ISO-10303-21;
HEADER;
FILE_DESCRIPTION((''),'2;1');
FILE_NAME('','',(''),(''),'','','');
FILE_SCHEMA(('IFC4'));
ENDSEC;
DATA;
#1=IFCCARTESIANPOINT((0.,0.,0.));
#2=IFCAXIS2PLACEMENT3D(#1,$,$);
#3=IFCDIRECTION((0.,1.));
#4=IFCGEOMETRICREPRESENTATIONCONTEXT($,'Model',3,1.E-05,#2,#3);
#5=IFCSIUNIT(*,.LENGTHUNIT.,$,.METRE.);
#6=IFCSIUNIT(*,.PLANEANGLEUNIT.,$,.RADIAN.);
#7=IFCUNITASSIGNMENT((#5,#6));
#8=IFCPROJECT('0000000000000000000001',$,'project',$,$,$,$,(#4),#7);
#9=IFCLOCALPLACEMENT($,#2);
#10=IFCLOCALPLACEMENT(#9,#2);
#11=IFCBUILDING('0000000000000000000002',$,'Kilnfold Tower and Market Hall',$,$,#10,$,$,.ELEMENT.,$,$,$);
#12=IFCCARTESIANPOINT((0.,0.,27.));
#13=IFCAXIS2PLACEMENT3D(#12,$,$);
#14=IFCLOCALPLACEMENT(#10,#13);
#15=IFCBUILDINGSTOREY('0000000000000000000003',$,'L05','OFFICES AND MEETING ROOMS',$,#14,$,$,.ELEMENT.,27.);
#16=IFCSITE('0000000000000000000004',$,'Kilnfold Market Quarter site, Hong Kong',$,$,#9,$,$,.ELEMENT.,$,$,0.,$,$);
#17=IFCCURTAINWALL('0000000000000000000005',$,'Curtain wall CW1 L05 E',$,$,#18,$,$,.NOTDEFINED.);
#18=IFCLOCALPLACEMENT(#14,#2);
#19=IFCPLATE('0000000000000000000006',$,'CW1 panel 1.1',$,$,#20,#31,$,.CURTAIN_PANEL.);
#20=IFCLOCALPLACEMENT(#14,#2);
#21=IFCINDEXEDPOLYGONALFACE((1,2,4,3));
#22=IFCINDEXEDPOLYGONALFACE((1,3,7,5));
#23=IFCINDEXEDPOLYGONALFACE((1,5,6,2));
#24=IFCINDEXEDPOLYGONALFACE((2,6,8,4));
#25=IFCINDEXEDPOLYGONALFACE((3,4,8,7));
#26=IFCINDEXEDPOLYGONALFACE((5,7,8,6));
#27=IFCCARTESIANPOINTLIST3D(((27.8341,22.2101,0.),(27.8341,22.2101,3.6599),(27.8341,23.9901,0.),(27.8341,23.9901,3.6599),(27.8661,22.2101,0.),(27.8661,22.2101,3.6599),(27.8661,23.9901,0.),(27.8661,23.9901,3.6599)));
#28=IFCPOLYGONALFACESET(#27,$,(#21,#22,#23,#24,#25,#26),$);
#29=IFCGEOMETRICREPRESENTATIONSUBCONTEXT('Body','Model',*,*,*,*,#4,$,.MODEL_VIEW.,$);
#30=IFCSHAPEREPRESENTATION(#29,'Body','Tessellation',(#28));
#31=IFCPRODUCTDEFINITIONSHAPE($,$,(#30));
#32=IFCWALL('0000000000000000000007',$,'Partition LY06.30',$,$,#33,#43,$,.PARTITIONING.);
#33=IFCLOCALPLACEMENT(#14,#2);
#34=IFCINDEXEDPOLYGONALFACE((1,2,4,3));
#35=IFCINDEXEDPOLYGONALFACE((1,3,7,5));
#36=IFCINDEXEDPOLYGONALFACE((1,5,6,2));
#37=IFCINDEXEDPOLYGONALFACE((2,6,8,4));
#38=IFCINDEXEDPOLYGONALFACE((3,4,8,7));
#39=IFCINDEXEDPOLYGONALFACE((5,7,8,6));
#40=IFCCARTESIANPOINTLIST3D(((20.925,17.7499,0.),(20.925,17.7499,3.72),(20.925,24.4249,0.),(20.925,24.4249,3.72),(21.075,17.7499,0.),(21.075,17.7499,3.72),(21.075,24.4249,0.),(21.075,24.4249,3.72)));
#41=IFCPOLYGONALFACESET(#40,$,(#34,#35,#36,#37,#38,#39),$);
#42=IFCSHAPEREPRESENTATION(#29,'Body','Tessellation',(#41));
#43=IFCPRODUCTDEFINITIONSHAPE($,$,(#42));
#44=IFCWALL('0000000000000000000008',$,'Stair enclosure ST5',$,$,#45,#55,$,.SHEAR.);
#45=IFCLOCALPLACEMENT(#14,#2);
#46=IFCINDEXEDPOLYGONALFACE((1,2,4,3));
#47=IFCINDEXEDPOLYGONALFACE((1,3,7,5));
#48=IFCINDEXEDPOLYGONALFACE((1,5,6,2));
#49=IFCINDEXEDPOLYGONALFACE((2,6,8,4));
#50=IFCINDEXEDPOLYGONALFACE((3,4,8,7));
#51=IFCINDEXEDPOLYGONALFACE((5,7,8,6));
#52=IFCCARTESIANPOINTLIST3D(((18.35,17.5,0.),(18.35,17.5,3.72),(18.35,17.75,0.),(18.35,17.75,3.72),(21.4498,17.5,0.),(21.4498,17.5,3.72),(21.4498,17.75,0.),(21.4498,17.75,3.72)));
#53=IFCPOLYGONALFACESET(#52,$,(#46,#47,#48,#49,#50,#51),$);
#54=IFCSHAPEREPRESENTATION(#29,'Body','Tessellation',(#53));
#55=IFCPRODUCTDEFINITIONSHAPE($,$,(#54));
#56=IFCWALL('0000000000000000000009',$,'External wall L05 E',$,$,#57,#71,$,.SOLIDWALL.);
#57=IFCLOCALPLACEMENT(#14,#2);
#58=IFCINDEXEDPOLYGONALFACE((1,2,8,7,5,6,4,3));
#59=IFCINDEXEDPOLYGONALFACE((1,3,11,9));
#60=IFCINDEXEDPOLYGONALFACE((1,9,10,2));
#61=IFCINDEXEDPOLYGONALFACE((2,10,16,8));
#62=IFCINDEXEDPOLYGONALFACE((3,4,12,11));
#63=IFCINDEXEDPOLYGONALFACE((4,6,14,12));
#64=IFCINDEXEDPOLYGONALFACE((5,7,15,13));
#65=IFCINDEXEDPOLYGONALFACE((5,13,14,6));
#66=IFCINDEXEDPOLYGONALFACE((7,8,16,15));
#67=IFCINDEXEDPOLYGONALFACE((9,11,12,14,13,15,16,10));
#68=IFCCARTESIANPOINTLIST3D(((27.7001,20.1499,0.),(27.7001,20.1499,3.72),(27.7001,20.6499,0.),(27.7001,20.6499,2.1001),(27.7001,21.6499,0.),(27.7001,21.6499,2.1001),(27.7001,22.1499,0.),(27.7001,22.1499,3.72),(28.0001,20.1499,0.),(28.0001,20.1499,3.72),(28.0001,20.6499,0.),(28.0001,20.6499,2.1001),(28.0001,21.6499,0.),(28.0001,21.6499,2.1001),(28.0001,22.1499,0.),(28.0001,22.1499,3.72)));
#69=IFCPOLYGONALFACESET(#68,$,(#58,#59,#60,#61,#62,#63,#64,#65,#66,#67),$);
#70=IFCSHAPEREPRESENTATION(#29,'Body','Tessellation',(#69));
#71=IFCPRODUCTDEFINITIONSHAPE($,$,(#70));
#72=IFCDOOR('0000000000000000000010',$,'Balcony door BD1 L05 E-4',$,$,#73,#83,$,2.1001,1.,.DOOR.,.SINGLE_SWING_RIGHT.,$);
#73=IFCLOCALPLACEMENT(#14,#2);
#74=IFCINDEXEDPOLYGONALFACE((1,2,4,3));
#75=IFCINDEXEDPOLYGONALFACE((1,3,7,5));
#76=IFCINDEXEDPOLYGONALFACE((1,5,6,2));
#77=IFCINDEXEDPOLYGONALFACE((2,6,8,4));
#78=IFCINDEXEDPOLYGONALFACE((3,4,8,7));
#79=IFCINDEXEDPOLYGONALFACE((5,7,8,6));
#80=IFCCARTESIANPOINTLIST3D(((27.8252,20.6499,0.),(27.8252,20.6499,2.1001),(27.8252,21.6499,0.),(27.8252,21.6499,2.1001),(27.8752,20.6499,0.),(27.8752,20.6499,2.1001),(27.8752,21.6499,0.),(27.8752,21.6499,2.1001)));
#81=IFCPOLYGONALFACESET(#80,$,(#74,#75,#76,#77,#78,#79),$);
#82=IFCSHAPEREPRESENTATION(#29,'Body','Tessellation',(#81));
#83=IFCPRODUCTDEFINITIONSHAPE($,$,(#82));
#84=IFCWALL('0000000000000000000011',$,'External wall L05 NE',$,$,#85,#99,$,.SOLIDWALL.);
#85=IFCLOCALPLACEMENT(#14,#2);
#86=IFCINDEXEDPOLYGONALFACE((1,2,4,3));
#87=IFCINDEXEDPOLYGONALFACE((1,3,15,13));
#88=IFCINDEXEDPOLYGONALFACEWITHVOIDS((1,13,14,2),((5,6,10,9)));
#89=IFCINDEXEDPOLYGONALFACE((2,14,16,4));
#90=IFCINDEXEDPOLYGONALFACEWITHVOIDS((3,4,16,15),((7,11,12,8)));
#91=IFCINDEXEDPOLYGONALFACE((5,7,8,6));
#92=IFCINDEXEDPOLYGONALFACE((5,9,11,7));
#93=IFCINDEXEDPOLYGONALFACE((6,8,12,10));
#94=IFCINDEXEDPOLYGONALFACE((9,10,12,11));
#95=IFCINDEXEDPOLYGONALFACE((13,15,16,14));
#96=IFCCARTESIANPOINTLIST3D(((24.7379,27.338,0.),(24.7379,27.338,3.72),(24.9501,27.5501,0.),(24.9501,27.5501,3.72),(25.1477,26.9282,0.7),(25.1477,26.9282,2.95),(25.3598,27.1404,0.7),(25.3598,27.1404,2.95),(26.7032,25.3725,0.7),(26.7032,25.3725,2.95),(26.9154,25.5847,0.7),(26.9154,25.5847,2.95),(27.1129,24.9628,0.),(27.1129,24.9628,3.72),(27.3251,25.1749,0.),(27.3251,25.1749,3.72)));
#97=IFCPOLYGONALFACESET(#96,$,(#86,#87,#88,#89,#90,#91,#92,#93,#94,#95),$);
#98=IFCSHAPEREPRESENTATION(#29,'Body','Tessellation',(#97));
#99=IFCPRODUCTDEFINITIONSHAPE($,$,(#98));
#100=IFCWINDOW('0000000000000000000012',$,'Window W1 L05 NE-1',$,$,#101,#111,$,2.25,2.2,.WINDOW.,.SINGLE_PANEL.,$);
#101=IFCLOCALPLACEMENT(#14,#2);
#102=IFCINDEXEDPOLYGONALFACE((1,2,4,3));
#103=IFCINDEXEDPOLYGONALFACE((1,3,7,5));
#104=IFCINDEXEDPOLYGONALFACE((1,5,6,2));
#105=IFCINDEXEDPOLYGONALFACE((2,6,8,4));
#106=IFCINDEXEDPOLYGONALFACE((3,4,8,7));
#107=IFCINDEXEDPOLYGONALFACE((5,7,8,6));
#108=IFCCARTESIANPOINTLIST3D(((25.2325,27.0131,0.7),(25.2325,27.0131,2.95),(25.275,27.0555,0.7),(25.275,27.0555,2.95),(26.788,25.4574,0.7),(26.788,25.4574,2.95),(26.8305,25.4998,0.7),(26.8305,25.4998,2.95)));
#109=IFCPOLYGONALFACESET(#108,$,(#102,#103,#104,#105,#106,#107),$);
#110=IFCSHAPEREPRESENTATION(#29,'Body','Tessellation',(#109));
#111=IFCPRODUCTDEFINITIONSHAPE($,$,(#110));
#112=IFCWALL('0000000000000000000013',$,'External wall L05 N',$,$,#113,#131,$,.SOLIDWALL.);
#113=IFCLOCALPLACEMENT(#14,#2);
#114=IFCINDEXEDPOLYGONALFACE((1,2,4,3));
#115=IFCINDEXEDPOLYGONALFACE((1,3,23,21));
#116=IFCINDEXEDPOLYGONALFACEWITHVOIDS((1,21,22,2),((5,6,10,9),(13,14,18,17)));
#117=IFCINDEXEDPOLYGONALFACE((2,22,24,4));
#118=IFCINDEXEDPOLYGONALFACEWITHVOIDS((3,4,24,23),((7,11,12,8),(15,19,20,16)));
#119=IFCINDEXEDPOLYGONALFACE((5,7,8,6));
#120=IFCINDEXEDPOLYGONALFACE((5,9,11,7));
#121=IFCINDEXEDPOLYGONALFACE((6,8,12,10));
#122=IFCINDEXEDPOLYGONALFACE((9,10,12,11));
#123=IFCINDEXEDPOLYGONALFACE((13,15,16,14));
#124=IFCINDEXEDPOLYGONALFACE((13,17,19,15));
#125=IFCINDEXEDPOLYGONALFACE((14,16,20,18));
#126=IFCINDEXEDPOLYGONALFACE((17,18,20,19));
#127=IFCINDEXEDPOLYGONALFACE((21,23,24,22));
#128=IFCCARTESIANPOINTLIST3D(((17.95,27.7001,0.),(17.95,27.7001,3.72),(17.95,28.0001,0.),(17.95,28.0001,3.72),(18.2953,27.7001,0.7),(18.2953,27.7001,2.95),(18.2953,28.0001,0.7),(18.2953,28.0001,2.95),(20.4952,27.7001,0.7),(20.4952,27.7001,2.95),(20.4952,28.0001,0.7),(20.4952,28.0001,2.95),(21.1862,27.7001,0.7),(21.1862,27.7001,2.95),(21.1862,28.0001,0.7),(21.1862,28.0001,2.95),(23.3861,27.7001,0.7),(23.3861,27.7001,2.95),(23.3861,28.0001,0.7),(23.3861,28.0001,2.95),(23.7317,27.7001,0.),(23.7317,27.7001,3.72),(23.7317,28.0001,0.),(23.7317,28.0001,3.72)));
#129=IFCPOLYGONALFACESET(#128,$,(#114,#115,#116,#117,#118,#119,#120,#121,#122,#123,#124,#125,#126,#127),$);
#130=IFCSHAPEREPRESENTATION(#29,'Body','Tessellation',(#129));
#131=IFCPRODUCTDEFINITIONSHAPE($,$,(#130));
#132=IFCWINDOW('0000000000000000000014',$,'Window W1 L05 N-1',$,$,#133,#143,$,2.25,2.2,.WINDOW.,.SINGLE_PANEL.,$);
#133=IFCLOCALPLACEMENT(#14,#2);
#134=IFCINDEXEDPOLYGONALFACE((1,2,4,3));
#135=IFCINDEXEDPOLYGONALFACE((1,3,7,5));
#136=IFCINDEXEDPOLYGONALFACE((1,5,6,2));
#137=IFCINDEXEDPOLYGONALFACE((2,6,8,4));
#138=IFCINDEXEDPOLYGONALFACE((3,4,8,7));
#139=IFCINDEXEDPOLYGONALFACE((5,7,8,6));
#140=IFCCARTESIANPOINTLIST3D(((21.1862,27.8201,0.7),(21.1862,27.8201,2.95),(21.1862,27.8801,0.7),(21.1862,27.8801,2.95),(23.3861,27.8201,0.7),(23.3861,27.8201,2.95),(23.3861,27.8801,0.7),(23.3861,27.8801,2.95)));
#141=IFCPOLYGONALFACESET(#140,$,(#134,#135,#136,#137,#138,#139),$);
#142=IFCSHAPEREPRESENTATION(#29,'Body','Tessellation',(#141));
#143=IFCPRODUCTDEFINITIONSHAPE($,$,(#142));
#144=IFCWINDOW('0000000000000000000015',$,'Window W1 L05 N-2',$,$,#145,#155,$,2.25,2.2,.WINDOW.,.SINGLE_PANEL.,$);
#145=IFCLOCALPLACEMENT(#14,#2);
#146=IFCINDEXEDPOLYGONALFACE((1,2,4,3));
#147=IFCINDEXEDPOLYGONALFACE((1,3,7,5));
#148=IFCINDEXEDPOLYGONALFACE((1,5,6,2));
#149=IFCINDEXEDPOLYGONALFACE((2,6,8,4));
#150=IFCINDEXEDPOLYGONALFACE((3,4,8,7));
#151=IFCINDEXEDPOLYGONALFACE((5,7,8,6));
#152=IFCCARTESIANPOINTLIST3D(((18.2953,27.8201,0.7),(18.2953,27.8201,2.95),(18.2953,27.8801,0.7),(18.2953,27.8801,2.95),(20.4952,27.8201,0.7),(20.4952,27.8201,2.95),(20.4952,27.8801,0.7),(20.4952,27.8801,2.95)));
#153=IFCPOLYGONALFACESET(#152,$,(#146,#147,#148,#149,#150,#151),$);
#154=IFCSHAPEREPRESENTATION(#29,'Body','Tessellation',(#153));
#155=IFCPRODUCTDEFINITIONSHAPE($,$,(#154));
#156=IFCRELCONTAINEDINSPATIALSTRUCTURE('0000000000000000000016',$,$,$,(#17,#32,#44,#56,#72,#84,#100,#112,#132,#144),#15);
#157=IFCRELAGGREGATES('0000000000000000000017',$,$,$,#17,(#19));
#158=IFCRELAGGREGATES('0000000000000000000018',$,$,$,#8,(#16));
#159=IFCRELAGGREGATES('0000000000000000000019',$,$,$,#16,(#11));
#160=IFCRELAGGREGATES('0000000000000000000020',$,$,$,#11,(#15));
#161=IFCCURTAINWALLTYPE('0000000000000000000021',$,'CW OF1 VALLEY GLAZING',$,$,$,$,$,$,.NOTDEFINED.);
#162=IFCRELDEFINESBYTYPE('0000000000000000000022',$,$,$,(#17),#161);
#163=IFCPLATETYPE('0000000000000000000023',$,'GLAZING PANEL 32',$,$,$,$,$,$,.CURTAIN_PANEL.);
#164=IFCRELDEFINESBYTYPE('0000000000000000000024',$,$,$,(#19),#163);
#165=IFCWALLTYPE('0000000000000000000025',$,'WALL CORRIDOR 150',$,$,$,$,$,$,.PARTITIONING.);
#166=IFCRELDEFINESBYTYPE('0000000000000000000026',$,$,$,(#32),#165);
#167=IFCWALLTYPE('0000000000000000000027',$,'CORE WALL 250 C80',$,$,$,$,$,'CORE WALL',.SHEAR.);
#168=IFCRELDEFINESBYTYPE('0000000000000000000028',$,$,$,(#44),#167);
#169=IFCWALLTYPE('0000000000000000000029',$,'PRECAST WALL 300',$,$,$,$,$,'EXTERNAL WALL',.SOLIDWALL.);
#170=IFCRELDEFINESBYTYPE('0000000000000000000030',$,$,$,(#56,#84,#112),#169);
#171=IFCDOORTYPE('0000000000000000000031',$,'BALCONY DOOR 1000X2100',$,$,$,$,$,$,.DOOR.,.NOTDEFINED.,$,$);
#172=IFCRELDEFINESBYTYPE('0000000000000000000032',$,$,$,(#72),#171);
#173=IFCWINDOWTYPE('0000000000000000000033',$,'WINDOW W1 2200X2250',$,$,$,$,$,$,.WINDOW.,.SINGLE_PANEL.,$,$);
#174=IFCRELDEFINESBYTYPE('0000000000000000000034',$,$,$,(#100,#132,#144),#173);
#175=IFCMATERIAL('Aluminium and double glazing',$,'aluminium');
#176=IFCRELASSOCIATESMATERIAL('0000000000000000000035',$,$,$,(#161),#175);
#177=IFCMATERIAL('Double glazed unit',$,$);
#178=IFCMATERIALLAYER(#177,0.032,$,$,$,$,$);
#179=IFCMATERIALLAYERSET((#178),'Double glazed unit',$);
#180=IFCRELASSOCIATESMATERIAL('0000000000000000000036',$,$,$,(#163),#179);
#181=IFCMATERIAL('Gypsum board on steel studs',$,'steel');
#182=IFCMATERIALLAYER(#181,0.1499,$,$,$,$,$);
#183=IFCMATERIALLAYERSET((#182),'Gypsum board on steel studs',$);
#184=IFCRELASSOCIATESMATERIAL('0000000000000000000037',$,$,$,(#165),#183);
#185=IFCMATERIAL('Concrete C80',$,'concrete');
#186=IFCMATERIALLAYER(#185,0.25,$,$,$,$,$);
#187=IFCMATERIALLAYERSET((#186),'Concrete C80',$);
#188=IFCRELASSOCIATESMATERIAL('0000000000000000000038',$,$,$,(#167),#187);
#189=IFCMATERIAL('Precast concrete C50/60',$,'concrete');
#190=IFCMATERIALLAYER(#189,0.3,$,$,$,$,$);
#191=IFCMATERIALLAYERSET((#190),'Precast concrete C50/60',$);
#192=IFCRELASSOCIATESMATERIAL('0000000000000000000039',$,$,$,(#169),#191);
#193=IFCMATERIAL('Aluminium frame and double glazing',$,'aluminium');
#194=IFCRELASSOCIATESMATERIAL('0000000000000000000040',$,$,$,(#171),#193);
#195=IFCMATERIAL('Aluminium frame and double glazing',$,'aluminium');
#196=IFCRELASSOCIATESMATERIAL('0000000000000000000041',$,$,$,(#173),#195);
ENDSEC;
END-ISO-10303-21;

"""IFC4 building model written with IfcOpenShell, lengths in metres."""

from ifc_helpers import new_model, si_unit, direction, frame, frame_2d, origin, origin_2d, place, context, subcontext, project, spatial, rectangle, extrude, source, transform, mapped, material, layer, layer_set, type_object, element, fill, aggregate, save


model = new_model("IFC4")

# Units and contexts
model_context = context("Model", 3, precision=1e-05, world=origin(), true_north=direction((0.0, 1.0)))
body_context = subcontext(model_context, "Body", "Model", "MODEL_VIEW")
ifc_project = project(units=[si_unit("LENGTHUNIT", "METRE"), si_unit("PLANEANGLEUNIT", "RADIAN")], contexts=[model_context])

# Site, building, storey
site_placement = place(None, origin())
site = spatial("IfcSite", under=ifc_project, at=site_placement, Name="Kilnfold Market Quarter site, Hong Kong", CompositionType="ELEMENT", RefElevation=0.0)
building_placement = place(site_placement, origin())
building = spatial("IfcBuilding", under=site, at=building_placement, Name="Kilnfold Tower and Market Hall", CompositionType="ELEMENT")
storey_placement = place(building_placement, frame((0.0, 0.0, 27.0)))
storey = spatial("IfcBuildingStorey", under=building, at=storey_placement, Name="L05", Description="OFFICES AND MEETING ROOMS", CompositionType="ELEMENT", Elevation=27.0)

# Shared definitions
ifc_material_1 = material(Name="Aluminium and double glazing", Category="aluminium")
curtain_wall_type = type_object("IfcCurtainWallType", Name="CW OF1 VALLEY GLAZING", PredefinedType="NOTDEFINED", material=ifc_material_1)

# Curtain wall
curtain_wall_1_placement = place(storey_placement, origin())
curtain_wall_1 = element("IfcCurtainWall", 1, at=curtain_wall_1_placement, inside=storey, type_object=curtain_wall_type, Name="Curtain wall CW1 L05 E", PredefinedType="NOTDEFINED")

# Plate
ifc_material_2 = material(Name="Double glazed unit")
ifc_layer_1 = layer(ifc_material_2, 0.032)
ifc_layer_set_1 = layer_set([ifc_layer_1], Name="Double glazed unit")
plate_type = type_object("IfcPlateType", Name="GLAZING PANEL 32", PredefinedType="CURTAIN_PANEL", material=ifc_layer_set_1)
shared_shape_1 = source(origin(), body_context, "Body", "SweptSolid", [
    extrude(rectangle(XDim=1.78, YDim=0.032, at=origin_2d()), origin(), (0.0, 0.0, 1.0), 3.6599),
])
plate_1_placement = place(storey_placement, frame((27.8501, 23.1001, 0.0), z_axis=(0.0, 0.0, 1.0), x_axis=(0.0, 1.0, 0.0)))
plate_1 = element("IfcPlate", 2, at=plate_1_placement, type_object=plate_type, Name="CW1 panel 1.1", PredefinedType="CURTAIN_PANEL", context=body_context, shape_type="MappedRepresentation", body=[
    mapped(shared_shape_1, transform((0.0, 0.0, 0.0))),
])
aggregate(curtain_wall_1, [plate_1])

# Walls
ifc_material_3 = material(Name="Gypsum board on steel studs", Category="steel")
ifc_layer_2 = layer(ifc_material_3, 0.1499)
ifc_layer_set_2 = layer_set([ifc_layer_2], Name="Gypsum board on steel studs")
wall_type_1 = type_object("IfcWallType", Name="WALL CORRIDOR 150", PredefinedType="PARTITIONING", material=ifc_layer_set_2)
wall_1_placement = place(storey_placement, frame((21.0, 17.75, 0.0), z_axis=(0.0, 0.0, 1.0), x_axis=(0.0, 1.0, 0.0)))
element("IfcWall", 3, at=wall_1_placement, inside=storey, type_object=wall_type_1, Name="Partition LY06.30", PredefinedType="PARTITIONING", context=body_context, shape_type="SweptSolid", body=[
    extrude(rectangle(XDim=6.675, YDim=0.1499, at=frame_2d((3.3374, 0.0))), origin(), (0.0, 0.0, 1.0), 3.72),
])
ifc_material_4 = material(Name="Concrete C80", Category="concrete")
ifc_layer_3 = layer(ifc_material_4, 0.25)
ifc_layer_set_3 = layer_set([ifc_layer_3], Name="Concrete C80")
wall_type_2 = type_object("IfcWallType", Name="CORE WALL 250 C80", ElementType="CORE WALL", PredefinedType="SHEAR", material=ifc_layer_set_3)
shared_shape_2 = source(origin(), body_context, "Body", "SweptSolid", [
    extrude(rectangle(XDim=3.0999, YDim=0.25, at=frame_2d((1.5498, 0.0))), origin(), (0.0, 0.0, 1.0), 3.72),
])
wall_2_placement = place(storey_placement, frame((18.3501, 17.625, 0.0), z_axis=(0.0, 0.0, 1.0), x_axis=(1.0, 0.0, 0.0)))
element("IfcWall", 4, at=wall_2_placement, inside=storey, type_object=wall_type_2, Name="Stair enclosure ST5", PredefinedType="SHEAR", context=body_context, shape_type="MappedRepresentation", body=[
    mapped(shared_shape_2, transform((0.0, 0.0, 0.0))),
])

# Wall, opening, door
ifc_material_5 = material(Name="Precast concrete C50/60", Category="concrete")
ifc_layer_4 = layer(ifc_material_5, 0.3)
ifc_layer_set_4 = layer_set([ifc_layer_4], Name="Precast concrete C50/60")
wall_type_3 = type_object("IfcWallType", Name="PRECAST WALL 300", ElementType="EXTERNAL WALL", PredefinedType="SOLIDWALL", material=ifc_layer_set_4)
shared_shape_3 = source(origin(), body_context, "Body", "SweptSolid", [
    extrude(rectangle(XDim=2.0, YDim=0.3, at=frame_2d((1.0, 0.0))), origin(), (0.0, 0.0, 1.0), 3.72),
])
wall_3_placement = place(storey_placement, frame((27.8501, 20.1499, 0.0), z_axis=(0.0, 0.0, 1.0), x_axis=(0.0, 1.0, 0.0)))
wall_3 = element("IfcWall", 5, at=wall_3_placement, inside=storey, type_object=wall_type_3, Name="External wall L05 E", PredefinedType="SOLIDWALL", context=body_context, shape_type="MappedRepresentation", body=[
    mapped(shared_shape_3, transform((0.0, 0.0, 0.0))),
])
opening_1_placement = place(wall_3_placement, frame((0.5, 0.0, 0.0)))
opening_1 = element("IfcOpeningElement", 6, at=opening_1_placement, cuts=wall_3, PredefinedType="OPENING", context=body_context, shape_type="SweptSolid", body=[
    extrude(rectangle(XDim=1.0, YDim=2.1001, at=frame_2d((0.5, 1.05))), frame((0.0, 0.1602, 0.0), z_axis=(0.0, -1.0, 0.0), x_axis=(1.0, 0.0, 0.0)), (0.0, 0.0, 1.0), 0.3201),
])
ifc_material_6 = material(Name="Aluminium frame and double glazing", Category="aluminium")
door_type = type_object("IfcDoorType", Name="BALCONY DOOR 1000X2100", OperationType="NOTDEFINED", PredefinedType="DOOR", material=ifc_material_6)
door_placement = place(opening_1_placement, origin())
door = element("IfcDoor", 7, at=door_placement, inside=storey, type_object=door_type, Name="Balcony door BD1 L05 E-4", OperationType="SINGLE_SWING_RIGHT", OverallHeight=2.1001, OverallWidth=1.0, PredefinedType="DOOR", context=body_context, shape_type="SweptSolid", body=[
    extrude(rectangle(XDim=1.0, YDim=2.1001, at=frame_2d((0.5, 1.05))), frame((0.0, 0.0249, 0.0), z_axis=(0.0, -1.0, 0.0), x_axis=(1.0, 0.0, 0.0)), (0.0, 0.0, 1.0), 0.05),
])
fill(opening_1, door)

# Wall, opening, window
shared_shape_4 = source(origin(), body_context, "Body", "SweptSolid", [
    extrude(rectangle(XDim=3.3589, YDim=0.3, at=frame_2d((1.6794, 0.0))), origin(), (0.0, 0.0, 1.0), 3.72),
])
wall_4_placement = place(storey_placement, frame((27.219, 25.0688, 0.0), z_axis=(0.0, 0.0, 1.0), x_axis=(-0.70707, 0.707143, 0.0)))
wall_4 = element("IfcWall", 8, at=wall_4_placement, inside=storey, type_object=wall_type_3, Name="External wall L05 NE", PredefinedType="SOLIDWALL", context=body_context, shape_type="MappedRepresentation", body=[
    mapped(shared_shape_4, transform((0.0, 0.0, 0.0))),
])
opening_2_placement = place(wall_4_placement, frame((0.5793, 0.0, 0.7)))
opening_2 = element("IfcOpeningElement", 9, at=opening_2_placement, cuts=wall_4, PredefinedType="OPENING", context=body_context, shape_type="SweptSolid", body=[
    extrude(rectangle(XDim=2.2, YDim=2.25, at=frame_2d((1.1001, 1.125))), frame((0.0, 0.1602, 0.0), z_axis=(0.0, -1.0, 0.0), x_axis=(1.0, 0.0, 0.0)), (0.0, 0.0, 1.0), 0.3201),
])
ifc_material_7 = material(Name="Aluminium frame and double glazing", Category="aluminium")
window_type = type_object("IfcWindowType", Name="WINDOW W1 2200X2250", PartitioningType="SINGLE_PANEL", PredefinedType="WINDOW", material=ifc_material_7)
window_1_placement = place(opening_2_placement, origin())
window_1 = element("IfcWindow", 10, at=window_1_placement, inside=storey, type_object=window_type, Name="Window W1 L05 NE-1", OverallHeight=2.25, OverallWidth=2.2, PartitioningType="SINGLE_PANEL", PredefinedType="WINDOW", context=body_context, shape_type="SweptSolid", body=[
    extrude(rectangle(XDim=2.2, YDim=2.25, at=frame_2d((1.1001, 1.125))), frame((0.0, 0.03, 0.0), z_axis=(0.0, -1.0, 0.0), x_axis=(1.0, 0.0, 0.0)), (0.0, 0.0, 1.0), 0.0601),
])
fill(opening_2, window_1)

# Wall, openings, windows
shared_shape_5 = source(origin(), body_context, "Body", "SweptSolid", [
    extrude(rectangle(XDim=5.7817, YDim=0.3, at=frame_2d((2.8909, 0.0))), origin(), (0.0, 0.0, 1.0), 3.72),
])
wall_5_placement = place(storey_placement, frame((23.7317, 27.8501, 0.0), z_axis=(0.0, 0.0, 1.0), x_axis=(-1.0, 0.0, 0.0)))
wall_5 = element("IfcWall", 11, at=wall_5_placement, inside=storey, type_object=wall_type_3, Name="External wall L05 N", PredefinedType="SOLIDWALL", context=body_context, shape_type="MappedRepresentation", body=[
    mapped(shared_shape_5, transform((0.0, 0.0, 0.0))),
])
opening_3_placement = place(wall_5_placement, frame((0.3455, 0.0, 0.7)))
opening_3 = element("IfcOpeningElement", 12, at=opening_3_placement, cuts=wall_5, PredefinedType="OPENING", context=body_context, shape_type="SweptSolid", body=[
    extrude(rectangle(XDim=2.2, YDim=2.25, at=frame_2d((1.1001, 1.125))), frame((0.0, 0.1602, 0.0), z_axis=(0.0, -1.0, 0.0), x_axis=(1.0, 0.0, 0.0)), (0.0, 0.0, 1.0), 0.3201),
])
opening_4_placement = place(wall_5_placement, frame((3.2363, 0.0, 0.7)))
opening_4 = element("IfcOpeningElement", 13, at=opening_4_placement, cuts=wall_5, PredefinedType="OPENING", context=body_context, shape_type="SweptSolid", body=[
    extrude(rectangle(XDim=2.2, YDim=2.25, at=frame_2d((1.1001, 1.125))), frame((0.0, 0.1602, 0.0), z_axis=(0.0, -1.0, 0.0), x_axis=(1.0, 0.0, 0.0)), (0.0, 0.0, 1.0), 0.3201),
])
window_2_placement = place(opening_3_placement, origin())
window_2 = element("IfcWindow", 14, at=window_2_placement, inside=storey, type_object=window_type, Name="Window W1 L05 N-1", OverallHeight=2.25, OverallWidth=2.2, PartitioningType="SINGLE_PANEL", PredefinedType="WINDOW", context=body_context, shape_type="SweptSolid", body=[
    extrude(rectangle(XDim=2.2, YDim=2.25, at=frame_2d((1.1001, 1.125))), frame((0.0, 0.03, 0.0), z_axis=(0.0, -1.0, 0.0), x_axis=(1.0, 0.0, 0.0)), (0.0, 0.0, 1.0), 0.0601),
])
fill(opening_3, window_2)
window_3_placement = place(opening_4_placement, origin())
window_3 = element("IfcWindow", 15, at=window_3_placement, inside=storey, type_object=window_type, Name="Window W1 L05 N-2", OverallHeight=2.25, OverallWidth=2.2, PartitioningType="SINGLE_PANEL", PredefinedType="WINDOW", context=body_context, shape_type="SweptSolid", body=[
    extrude(rectangle(XDim=2.2, YDim=2.25, at=frame_2d((1.1001, 1.125))), frame((0.0, 0.03, 0.0), z_axis=(0.0, -1.0, 0.0), x_axis=(1.0, 0.0, 0.0)), (0.0, 0.0, 1.0), 0.0601),
])
fill(opening_4, window_3)

save(model, "model.ifc")
